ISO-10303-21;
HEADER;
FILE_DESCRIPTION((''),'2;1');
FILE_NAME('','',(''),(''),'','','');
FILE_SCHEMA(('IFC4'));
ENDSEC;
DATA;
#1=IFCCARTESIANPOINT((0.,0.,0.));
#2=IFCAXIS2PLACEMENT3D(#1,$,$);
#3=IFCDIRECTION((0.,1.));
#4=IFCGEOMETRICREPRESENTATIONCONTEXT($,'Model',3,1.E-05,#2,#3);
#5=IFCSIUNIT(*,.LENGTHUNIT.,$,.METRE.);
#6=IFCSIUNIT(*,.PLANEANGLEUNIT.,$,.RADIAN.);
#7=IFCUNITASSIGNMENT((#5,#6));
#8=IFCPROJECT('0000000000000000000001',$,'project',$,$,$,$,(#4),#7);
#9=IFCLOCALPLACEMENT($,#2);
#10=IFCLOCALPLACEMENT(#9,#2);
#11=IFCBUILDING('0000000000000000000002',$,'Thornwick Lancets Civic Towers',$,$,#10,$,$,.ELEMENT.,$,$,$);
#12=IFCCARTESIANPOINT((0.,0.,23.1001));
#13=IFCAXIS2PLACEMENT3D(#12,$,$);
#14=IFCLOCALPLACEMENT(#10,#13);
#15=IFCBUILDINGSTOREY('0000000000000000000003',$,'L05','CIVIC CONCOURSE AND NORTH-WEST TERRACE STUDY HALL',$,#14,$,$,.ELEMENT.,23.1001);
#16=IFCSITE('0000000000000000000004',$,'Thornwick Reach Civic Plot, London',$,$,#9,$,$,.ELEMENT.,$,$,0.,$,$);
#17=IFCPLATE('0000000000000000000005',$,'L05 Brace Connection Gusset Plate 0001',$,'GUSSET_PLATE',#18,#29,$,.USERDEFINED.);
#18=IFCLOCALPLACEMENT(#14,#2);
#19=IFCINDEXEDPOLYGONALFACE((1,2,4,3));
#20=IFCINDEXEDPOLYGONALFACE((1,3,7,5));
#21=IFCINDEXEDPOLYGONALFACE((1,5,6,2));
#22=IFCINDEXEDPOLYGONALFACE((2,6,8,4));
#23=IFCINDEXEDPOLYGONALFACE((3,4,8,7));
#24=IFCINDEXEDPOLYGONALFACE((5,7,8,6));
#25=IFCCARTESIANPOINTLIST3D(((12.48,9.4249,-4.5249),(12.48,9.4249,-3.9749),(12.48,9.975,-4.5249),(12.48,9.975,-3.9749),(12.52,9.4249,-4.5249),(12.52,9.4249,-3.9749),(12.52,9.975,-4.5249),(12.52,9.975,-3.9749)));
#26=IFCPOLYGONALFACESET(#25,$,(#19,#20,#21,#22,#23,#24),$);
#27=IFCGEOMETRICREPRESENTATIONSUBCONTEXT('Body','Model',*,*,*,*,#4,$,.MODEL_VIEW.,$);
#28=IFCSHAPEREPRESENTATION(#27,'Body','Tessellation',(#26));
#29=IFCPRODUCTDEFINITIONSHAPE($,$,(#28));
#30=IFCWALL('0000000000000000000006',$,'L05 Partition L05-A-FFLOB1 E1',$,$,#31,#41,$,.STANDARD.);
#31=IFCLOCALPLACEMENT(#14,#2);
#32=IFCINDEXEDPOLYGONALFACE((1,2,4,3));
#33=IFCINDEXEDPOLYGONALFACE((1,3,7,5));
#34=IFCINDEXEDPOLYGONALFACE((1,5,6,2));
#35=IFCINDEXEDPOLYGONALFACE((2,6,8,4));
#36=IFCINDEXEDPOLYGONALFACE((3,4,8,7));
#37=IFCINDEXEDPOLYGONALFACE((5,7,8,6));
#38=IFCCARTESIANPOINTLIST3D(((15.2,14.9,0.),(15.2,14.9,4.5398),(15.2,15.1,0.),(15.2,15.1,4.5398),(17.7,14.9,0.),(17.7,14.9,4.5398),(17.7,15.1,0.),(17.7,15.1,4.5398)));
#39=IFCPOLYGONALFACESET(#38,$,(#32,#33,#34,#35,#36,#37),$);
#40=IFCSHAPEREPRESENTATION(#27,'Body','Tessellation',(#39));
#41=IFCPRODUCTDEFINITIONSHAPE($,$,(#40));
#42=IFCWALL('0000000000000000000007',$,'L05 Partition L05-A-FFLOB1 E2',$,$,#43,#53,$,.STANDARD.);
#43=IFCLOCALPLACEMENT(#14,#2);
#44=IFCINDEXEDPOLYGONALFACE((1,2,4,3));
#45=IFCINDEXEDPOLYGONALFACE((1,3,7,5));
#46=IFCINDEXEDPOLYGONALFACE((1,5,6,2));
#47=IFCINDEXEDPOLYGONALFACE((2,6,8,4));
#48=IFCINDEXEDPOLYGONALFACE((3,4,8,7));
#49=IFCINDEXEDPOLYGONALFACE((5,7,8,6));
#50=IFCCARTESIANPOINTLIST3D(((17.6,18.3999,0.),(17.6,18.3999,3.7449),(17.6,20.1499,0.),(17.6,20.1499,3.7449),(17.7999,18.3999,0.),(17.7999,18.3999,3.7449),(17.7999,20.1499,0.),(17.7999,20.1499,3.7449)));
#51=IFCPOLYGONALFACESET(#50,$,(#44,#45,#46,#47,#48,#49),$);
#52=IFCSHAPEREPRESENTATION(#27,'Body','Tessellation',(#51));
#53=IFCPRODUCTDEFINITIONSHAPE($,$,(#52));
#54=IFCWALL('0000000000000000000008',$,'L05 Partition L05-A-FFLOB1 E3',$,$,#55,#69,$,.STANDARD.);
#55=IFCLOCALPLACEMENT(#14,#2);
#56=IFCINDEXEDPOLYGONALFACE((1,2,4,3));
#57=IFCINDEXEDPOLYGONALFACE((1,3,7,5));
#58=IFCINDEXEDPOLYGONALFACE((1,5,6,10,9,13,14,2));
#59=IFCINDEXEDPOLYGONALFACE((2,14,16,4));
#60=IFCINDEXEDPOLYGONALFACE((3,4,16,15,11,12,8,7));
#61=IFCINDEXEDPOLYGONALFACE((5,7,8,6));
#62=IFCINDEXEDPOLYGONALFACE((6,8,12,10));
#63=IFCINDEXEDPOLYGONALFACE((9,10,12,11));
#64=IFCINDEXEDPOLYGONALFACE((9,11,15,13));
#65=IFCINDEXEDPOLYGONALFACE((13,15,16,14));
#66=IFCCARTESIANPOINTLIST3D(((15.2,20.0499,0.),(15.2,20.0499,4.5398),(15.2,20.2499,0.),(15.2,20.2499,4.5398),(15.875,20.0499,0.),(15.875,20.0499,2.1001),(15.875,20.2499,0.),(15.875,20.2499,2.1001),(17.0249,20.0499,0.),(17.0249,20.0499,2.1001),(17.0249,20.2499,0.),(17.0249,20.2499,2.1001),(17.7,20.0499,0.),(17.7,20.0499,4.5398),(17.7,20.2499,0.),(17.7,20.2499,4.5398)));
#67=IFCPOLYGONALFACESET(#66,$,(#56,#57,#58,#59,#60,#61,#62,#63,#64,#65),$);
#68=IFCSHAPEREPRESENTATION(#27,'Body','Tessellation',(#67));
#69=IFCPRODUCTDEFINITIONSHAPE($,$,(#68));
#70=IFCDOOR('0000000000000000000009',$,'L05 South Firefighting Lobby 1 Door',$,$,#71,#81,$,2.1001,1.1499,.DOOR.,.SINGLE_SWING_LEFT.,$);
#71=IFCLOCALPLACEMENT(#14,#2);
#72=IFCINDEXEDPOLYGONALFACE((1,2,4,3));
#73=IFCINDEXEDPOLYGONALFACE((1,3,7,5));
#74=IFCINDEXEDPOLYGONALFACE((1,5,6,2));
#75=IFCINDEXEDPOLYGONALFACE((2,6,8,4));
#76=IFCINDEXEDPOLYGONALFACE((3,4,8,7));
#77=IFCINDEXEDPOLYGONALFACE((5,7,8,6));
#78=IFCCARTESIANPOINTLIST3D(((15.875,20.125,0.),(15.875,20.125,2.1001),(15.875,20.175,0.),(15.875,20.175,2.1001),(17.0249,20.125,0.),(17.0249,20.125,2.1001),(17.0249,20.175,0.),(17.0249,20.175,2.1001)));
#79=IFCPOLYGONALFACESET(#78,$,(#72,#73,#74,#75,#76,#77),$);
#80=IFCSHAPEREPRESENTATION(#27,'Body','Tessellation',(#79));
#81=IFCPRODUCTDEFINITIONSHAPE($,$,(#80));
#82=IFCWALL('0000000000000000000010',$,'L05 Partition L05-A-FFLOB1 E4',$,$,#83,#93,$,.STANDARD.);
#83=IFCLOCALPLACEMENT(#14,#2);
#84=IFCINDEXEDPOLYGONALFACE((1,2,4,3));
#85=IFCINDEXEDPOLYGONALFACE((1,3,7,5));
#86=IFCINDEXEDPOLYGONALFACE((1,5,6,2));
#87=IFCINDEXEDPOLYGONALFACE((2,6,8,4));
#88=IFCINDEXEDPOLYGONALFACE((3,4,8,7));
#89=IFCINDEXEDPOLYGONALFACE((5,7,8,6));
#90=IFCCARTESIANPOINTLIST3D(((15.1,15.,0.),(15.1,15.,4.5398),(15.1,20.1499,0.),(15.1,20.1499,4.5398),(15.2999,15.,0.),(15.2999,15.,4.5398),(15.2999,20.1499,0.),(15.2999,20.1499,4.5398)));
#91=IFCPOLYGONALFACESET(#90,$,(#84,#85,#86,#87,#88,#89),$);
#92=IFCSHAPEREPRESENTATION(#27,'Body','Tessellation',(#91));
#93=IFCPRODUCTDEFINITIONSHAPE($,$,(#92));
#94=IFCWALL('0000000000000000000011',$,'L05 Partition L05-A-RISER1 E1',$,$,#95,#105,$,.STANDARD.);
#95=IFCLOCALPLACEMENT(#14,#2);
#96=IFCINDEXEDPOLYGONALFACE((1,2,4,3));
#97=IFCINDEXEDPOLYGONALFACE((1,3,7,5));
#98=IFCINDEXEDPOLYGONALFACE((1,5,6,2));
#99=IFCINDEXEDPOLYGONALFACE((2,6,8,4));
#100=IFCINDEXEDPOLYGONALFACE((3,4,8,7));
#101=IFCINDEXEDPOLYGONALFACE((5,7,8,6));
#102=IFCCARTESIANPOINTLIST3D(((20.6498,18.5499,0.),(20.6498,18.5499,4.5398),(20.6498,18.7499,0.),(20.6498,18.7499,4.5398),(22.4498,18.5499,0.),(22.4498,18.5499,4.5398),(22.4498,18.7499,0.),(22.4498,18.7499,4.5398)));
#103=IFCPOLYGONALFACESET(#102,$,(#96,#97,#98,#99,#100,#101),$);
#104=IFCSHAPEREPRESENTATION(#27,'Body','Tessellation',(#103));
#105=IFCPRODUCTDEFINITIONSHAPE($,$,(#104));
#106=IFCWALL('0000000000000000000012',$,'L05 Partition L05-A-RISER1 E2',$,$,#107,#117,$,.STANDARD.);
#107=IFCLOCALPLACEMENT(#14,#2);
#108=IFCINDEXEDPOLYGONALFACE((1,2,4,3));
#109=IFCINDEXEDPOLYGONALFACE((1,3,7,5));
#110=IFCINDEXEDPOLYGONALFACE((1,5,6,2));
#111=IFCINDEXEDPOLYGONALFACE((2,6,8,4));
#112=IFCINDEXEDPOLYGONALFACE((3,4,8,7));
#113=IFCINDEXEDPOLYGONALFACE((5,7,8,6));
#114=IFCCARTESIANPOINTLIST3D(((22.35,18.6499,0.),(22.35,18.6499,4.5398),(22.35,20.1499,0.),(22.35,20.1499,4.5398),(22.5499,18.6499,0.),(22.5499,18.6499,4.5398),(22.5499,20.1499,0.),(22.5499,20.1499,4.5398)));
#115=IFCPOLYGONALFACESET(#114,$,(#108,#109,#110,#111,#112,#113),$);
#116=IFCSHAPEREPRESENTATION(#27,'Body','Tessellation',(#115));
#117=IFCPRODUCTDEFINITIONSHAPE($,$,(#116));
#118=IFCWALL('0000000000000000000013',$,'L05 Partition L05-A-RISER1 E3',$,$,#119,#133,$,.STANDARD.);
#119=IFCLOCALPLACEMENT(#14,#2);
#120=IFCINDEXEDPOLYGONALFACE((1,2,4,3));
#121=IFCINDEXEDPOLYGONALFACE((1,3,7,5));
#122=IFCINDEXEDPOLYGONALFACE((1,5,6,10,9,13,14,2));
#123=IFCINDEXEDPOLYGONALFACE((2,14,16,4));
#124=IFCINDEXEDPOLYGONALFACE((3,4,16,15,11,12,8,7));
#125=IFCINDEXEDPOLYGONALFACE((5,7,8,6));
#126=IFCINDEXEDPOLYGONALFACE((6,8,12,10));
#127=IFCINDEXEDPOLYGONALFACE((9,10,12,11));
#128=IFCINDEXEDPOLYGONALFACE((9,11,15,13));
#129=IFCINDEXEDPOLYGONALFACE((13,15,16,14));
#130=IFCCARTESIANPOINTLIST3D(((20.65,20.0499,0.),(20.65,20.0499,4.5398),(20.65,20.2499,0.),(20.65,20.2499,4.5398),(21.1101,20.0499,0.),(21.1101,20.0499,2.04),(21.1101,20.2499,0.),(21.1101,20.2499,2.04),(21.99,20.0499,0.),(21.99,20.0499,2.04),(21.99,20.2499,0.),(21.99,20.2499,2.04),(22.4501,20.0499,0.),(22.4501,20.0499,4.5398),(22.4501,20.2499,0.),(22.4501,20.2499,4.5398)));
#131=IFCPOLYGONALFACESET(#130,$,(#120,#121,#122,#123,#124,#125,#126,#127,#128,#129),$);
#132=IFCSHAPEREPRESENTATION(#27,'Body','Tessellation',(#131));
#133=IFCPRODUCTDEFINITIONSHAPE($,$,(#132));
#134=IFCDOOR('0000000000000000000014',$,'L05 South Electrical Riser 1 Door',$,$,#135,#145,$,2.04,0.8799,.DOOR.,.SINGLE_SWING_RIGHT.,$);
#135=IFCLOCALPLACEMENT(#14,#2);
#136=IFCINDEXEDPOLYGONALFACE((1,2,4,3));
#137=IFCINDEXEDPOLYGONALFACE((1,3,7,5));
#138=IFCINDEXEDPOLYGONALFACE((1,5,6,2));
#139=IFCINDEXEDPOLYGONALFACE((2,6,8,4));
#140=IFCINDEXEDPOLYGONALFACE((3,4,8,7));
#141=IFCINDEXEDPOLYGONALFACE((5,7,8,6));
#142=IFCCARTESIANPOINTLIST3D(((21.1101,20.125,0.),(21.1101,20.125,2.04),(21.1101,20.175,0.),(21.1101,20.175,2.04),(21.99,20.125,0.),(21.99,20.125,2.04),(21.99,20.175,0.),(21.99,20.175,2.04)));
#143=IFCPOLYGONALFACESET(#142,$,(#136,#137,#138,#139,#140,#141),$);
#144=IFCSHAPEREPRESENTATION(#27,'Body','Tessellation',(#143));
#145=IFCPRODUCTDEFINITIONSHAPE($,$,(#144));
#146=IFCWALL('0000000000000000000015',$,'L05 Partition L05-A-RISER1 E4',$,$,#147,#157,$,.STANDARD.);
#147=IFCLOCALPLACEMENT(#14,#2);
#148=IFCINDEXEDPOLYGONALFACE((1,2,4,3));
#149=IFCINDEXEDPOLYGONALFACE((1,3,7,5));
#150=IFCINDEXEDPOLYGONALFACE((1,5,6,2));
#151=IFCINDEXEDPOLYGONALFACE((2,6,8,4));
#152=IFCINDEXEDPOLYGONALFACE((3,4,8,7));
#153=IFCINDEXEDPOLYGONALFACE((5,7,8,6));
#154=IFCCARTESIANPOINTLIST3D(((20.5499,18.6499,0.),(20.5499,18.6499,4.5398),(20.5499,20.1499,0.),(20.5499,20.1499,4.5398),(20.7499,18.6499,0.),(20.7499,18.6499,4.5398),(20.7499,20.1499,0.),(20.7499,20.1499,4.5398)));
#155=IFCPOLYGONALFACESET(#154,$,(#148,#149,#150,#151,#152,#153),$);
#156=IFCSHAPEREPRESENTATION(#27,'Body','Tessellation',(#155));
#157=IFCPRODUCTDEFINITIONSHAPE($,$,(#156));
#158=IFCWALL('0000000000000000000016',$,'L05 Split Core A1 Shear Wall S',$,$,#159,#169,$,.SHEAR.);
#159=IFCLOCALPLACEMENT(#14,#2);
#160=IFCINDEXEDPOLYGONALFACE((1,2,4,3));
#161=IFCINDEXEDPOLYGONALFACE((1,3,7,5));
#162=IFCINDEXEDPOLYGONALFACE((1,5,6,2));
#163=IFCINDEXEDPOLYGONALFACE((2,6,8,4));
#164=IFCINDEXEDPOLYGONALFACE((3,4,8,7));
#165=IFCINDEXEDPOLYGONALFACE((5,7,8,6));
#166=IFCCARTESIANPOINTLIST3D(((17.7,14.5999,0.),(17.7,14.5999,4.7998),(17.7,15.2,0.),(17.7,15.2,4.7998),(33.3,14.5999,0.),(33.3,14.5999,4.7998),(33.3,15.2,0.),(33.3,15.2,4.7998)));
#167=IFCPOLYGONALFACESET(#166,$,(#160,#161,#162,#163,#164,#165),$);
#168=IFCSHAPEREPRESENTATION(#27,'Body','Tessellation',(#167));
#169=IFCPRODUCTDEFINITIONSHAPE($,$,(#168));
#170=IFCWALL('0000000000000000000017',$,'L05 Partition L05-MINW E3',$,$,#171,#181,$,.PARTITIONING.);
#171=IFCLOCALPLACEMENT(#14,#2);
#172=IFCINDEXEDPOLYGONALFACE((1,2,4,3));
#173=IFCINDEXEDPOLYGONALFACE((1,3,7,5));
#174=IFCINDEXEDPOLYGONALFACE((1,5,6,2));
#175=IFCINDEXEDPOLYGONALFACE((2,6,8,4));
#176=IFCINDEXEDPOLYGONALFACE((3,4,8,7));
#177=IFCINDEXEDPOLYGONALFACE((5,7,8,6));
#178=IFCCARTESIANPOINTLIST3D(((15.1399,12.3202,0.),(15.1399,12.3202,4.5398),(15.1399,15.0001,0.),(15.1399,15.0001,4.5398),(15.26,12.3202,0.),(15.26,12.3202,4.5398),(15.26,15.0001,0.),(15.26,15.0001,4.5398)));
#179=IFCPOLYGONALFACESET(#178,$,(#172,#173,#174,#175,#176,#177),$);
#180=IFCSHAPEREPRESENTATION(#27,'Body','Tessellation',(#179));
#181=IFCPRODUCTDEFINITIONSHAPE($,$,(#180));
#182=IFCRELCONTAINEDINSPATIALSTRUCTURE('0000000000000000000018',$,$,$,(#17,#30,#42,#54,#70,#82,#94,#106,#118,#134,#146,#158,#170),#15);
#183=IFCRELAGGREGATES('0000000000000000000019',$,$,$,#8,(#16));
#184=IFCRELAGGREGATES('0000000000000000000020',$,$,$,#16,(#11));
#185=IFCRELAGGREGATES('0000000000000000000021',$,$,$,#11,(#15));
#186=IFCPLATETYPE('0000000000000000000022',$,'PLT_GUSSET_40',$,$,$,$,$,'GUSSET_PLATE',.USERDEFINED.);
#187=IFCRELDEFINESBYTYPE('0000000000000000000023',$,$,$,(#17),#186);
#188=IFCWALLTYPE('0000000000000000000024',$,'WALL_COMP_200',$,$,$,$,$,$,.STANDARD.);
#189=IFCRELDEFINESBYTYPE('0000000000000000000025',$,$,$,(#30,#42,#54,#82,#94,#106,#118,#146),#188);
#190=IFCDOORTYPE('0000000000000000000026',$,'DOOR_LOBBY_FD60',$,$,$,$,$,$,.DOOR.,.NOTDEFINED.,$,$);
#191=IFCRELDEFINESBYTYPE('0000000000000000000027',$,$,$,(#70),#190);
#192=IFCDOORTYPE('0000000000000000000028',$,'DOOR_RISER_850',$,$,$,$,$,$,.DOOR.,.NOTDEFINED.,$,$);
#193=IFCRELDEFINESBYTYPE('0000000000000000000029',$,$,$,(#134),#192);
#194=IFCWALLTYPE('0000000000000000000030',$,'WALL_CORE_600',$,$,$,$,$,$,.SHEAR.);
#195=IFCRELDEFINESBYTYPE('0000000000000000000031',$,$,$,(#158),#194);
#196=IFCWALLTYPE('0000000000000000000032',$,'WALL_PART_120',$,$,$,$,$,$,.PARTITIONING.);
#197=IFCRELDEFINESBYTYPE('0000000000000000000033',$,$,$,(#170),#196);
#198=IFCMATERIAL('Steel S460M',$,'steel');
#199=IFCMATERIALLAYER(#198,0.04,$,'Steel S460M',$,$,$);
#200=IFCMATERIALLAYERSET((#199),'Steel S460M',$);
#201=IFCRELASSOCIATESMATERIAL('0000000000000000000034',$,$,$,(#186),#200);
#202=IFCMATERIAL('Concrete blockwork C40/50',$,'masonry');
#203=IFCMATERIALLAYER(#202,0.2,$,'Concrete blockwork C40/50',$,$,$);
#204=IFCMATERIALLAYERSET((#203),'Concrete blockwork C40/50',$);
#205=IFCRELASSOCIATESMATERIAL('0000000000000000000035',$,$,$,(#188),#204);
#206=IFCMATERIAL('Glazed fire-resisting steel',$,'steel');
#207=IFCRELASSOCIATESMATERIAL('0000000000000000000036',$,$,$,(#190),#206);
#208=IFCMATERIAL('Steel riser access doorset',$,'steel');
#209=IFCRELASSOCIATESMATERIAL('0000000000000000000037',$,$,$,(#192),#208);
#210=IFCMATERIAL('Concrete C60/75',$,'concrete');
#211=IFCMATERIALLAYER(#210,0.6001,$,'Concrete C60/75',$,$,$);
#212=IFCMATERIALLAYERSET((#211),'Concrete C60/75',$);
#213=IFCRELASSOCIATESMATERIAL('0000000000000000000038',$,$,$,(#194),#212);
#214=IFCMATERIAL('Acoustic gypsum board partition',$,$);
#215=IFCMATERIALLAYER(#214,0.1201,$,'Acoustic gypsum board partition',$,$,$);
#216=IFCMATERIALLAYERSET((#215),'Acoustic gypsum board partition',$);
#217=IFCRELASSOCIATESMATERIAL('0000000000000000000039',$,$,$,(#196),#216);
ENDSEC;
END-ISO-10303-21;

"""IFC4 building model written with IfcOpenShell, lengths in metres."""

from ifc_helpers import new_model, si_unit, direction, frame, frame_2d, origin, origin_2d, place, context, subcontext, project, spatial, rectangle, extrude, material, layer, layer_set, type_object, element, fill, save


model = new_model("IFC4")

# Units and contexts
model_context = context("Model", 3, precision=1e-05, world=origin(), true_north=direction((0.0, 1.0)))
body_context = subcontext(model_context, "Body", "Model", "MODEL_VIEW")
ifc_project = project(units=[si_unit("LENGTHUNIT", "METRE"), si_unit("PLANEANGLEUNIT", "RADIAN")], contexts=[model_context])

# Site, building, storey
site_placement = place(None, origin())
site = spatial("IfcSite", under=ifc_project, at=site_placement, Name="Thornwick Reach Civic Plot, London", CompositionType="ELEMENT", RefElevation=0.0)
building_placement = place(site_placement, origin())
building = spatial("IfcBuilding", under=site, at=building_placement, Name="Thornwick Lancets Civic Towers", CompositionType="ELEMENT")
storey_placement = place(building_placement, frame((0.0, 0.0, 23.1001)))
storey = spatial("IfcBuildingStorey", under=building, at=storey_placement, Name="L05", Description="CIVIC CONCOURSE AND NORTH-WEST TERRACE STUDY HALL", CompositionType="ELEMENT", Elevation=23.1001)

# Shared definitions
ifc_material_1 = material(Name="Concrete C60/75", Category="concrete")

# Shared definitions
ifc_material_2 = material(Name="Steel S460M", Category="steel")

# Plate
ifc_layer_1 = layer(ifc_material_2, 0.04, Name="Steel S460M")
ifc_layer_set_1 = layer_set([ifc_layer_1], Name="Steel S460M")
plate_type = type_object("IfcPlateType", Name="PLT_GUSSET_40", ElementType="GUSSET_PLATE", PredefinedType="USERDEFINED", material=ifc_layer_set_1)
plate_placement = place(storey_placement, frame((12.5, 9.7, -4.5249), z_axis=(0.0, 0.0, 1.0), x_axis=(0.0, -1.0, 0.0)))
element("IfcPlate", 1, at=plate_placement, inside=storey, type_object=plate_type, Name="L05 Brace Connection Gusset Plate 0001", ObjectType="GUSSET_PLATE", PredefinedType="USERDEFINED", context=body_context, shape_type="SweptSolid", body=[
    extrude(rectangle(XDim=0.55, YDim=0.04, at=origin_2d()), origin(), (0.0, 0.0, 1.0), 0.55),
])

# Walls
ifc_material_3 = material(Name="Concrete blockwork C40/50", Category="masonry")
ifc_layer_2 = layer(ifc_material_3, 0.2, Name="Concrete blockwork C40/50")
ifc_layer_set_2 = layer_set([ifc_layer_2], Name="Concrete blockwork C40/50")
wall_type_1 = type_object("IfcWallType", Name="WALL_COMP_200", PredefinedType="STANDARD", material=ifc_layer_set_2)
wall_1_placement = place(storey_placement, frame((15.2, 15.0, 0.0), z_axis=(0.0, 0.0, 1.0), x_axis=(1.0, 0.0, 0.0)))
element("IfcWall", 2, at=wall_1_placement, inside=storey, type_object=wall_type_1, Name="L05 Partition L05-A-FFLOB1 E1", PredefinedType="STANDARD", context=body_context, shape_type="SweptSolid", body=[
    extrude(rectangle(XDim=2.5, YDim=0.2, at=frame_2d((1.25, 0.0))), origin(), (0.0, 0.0, 1.0), 4.5398),
])
wall_2_placement = place(storey_placement, frame((17.7, 18.3999, 0.0), z_axis=(0.0, 0.0, 1.0), x_axis=(0.0, 1.0, 0.0)))
element("IfcWall", 3, at=wall_2_placement, inside=storey, type_object=wall_type_1, Name="L05 Partition L05-A-FFLOB1 E2", PredefinedType="STANDARD", context=body_context, shape_type="SweptSolid", body=[
    extrude(rectangle(XDim=1.75, YDim=0.2, at=frame_2d((0.875, 0.0))), origin(), (0.0, 0.0, 1.0), 3.7449),
])

# Wall, opening, door
wall_3_placement = place(storey_placement, frame((17.7, 20.1499, 0.0), z_axis=(0.0, 0.0, 1.0), x_axis=(-1.0, 0.0, 0.0)))
wall_3 = element("IfcWall", 4, at=wall_3_placement, inside=storey, type_object=wall_type_1, Name="L05 Partition L05-A-FFLOB1 E3", PredefinedType="STANDARD", context=body_context, shape_type="SweptSolid", body=[
    extrude(rectangle(XDim=2.5, YDim=0.2, at=frame_2d((1.25, 0.0))), origin(), (0.0, 0.0, 1.0), 4.5398),
])
opening_1_placement = place(wall_3_placement, frame((0.675, 0.0, 0.0)))
opening_1 = element("IfcOpeningElement", 5, at=opening_1_placement, cuts=wall_3, PredefinedType="OPENING", context=body_context, shape_type="SweptSolid", body=[
    extrude(rectangle(XDim=1.1499, YDim=2.1001, at=frame_2d((0.575, 1.05))), frame((0.0, 0.1099, 0.0), z_axis=(0.0, -1.0, 0.0), x_axis=(1.0, 0.0, 0.0)), (0.0, 0.0, 1.0), 0.22),
])
ifc_material_4 = material(Name="Glazed fire-resisting steel", Category="steel")
door_type_1 = type_object("IfcDoorType", Name="DOOR_LOBBY_FD60", OperationType="NOTDEFINED", PredefinedType="DOOR", material=ifc_material_4)
door_1_placement = place(opening_1_placement, origin())
door_1 = element("IfcDoor", 6, at=door_1_placement, inside=storey, type_object=door_type_1, Name="L05 South Firefighting Lobby 1 Door", OperationType="SINGLE_SWING_LEFT", OverallHeight=2.1001, OverallWidth=1.1499, PredefinedType="DOOR", context=body_context, shape_type="SweptSolid", body=[
    extrude(rectangle(XDim=1.1499, YDim=2.1001, at=frame_2d((0.575, 1.05))), frame((0.0, 0.0249, 0.0), z_axis=(0.0, -1.0, 0.0), x_axis=(1.0, 0.0, 0.0)), (0.0, 0.0, 1.0), 0.05),
])
fill(opening_1, door_1)

# Walls
wall_4_placement = place(storey_placement, frame((15.2, 20.1499, 0.0), z_axis=(0.0, 0.0, 1.0), x_axis=(0.0, -1.0, 0.0)))
element("IfcWall", 7, at=wall_4_placement, inside=storey, type_object=wall_type_1, Name="L05 Partition L05-A-FFLOB1 E4", PredefinedType="STANDARD", context=body_context, shape_type="SweptSolid", body=[
    extrude(rectangle(XDim=5.1499, YDim=0.2, at=frame_2d((2.575, 0.0))), origin(), (0.0, 0.0, 1.0), 4.5398),
])
wall_5_placement = place(storey_placement, frame((20.6499, 18.6499, 0.0), z_axis=(0.0, 0.0, 1.0), x_axis=(1.0, 0.0, 0.0)))
element("IfcWall", 8, at=wall_5_placement, inside=storey, type_object=wall_type_1, Name="L05 Partition L05-A-RISER1 E1", PredefinedType="STANDARD", context=body_context, shape_type="SweptSolid", body=[
    extrude(rectangle(XDim=1.8, YDim=0.2, at=frame_2d((0.8999, 0.0))), origin(), (0.0, 0.0, 1.0), 4.5398),
])
wall_6_placement = place(storey_placement, frame((22.45, 18.6499, 0.0), z_axis=(0.0, 0.0, 1.0), x_axis=(0.0, 1.0, 0.0)))
element("IfcWall", 9, at=wall_6_placement, inside=storey, type_object=wall_type_1, Name="L05 Partition L05-A-RISER1 E2", PredefinedType="STANDARD", context=body_context, shape_type="SweptSolid", body=[
    extrude(rectangle(XDim=1.5, YDim=0.2, at=frame_2d((0.75, 0.0))), origin(), (0.0, 0.0, 1.0), 4.5398),
])

# Wall, opening, door
wall_7_placement = place(storey_placement, frame((22.45, 20.1499, 0.0), z_axis=(0.0, 0.0, 1.0), x_axis=(-1.0, 0.0, 0.0)))
wall_7 = element("IfcWall", 10, at=wall_7_placement, inside=storey, type_object=wall_type_1, Name="L05 Partition L05-A-RISER1 E3", PredefinedType="STANDARD", context=body_context, shape_type="SweptSolid", body=[
    extrude(rectangle(XDim=1.8, YDim=0.2, at=frame_2d((0.8999, 0.0))), origin(), (0.0, 0.0, 1.0), 4.5398),
])
opening_2_placement = place(wall_7_placement, frame((0.46, 0.0, 0.0)))
opening_2 = element("IfcOpeningElement", 11, at=opening_2_placement, cuts=wall_7, PredefinedType="OPENING", context=body_context, shape_type="SweptSolid", body=[
    extrude(rectangle(XDim=0.8799, YDim=2.04, at=frame_2d((0.4399, 1.02))), frame((0.0, 0.1099, 0.0), z_axis=(0.0, -1.0, 0.0), x_axis=(1.0, 0.0, 0.0)), (0.0, 0.0, 1.0), 0.22),
])
ifc_material_5 = material(Name="Steel riser access doorset", Category="steel")
door_type_2 = type_object("IfcDoorType", Name="DOOR_RISER_850", OperationType="NOTDEFINED", PredefinedType="DOOR", material=ifc_material_5)
door_2_placement = place(opening_2_placement, origin())
door_2 = element("IfcDoor", 12, at=door_2_placement, inside=storey, type_object=door_type_2, Name="L05 South Electrical Riser 1 Door", OperationType="SINGLE_SWING_RIGHT", OverallHeight=2.04, OverallWidth=0.8799, PredefinedType="DOOR", context=body_context, shape_type="SweptSolid", body=[
    extrude(rectangle(XDim=0.8799, YDim=2.04, at=frame_2d((0.4399, 1.02))), frame((0.0, 0.0249, 0.0), z_axis=(0.0, -1.0, 0.0), x_axis=(1.0, 0.0, 0.0)), (0.0, 0.0, 1.0), 0.05),
])
fill(opening_2, door_2)

# Walls
wall_8_placement = place(storey_placement, frame((20.6499, 20.1499, 0.0), z_axis=(0.0, 0.0, 1.0), x_axis=(0.0, -1.0, 0.0)))
element("IfcWall", 13, at=wall_8_placement, inside=storey, type_object=wall_type_1, Name="L05 Partition L05-A-RISER1 E4", PredefinedType="STANDARD", context=body_context, shape_type="SweptSolid", body=[
    extrude(rectangle(XDim=1.5, YDim=0.2, at=frame_2d((0.75, 0.0))), origin(), (0.0, 0.0, 1.0), 4.5398),
])
ifc_layer_3 = layer(ifc_material_1, 0.6001, Name="Concrete C60/75")
ifc_layer_set_3 = layer_set([ifc_layer_3], Name="Concrete C60/75")
wall_type_2 = type_object("IfcWallType", Name="WALL_CORE_600", PredefinedType="SHEAR", material=ifc_layer_set_3)
wall_9_placement = place(storey_placement, frame((17.7, 14.8999, 0.0), z_axis=(0.0, 0.0, 1.0), x_axis=(1.0, 0.0, 0.0)))
element("IfcWall", 14, at=wall_9_placement, inside=storey, type_object=wall_type_2, Name="L05 Split Core A1 Shear Wall S", PredefinedType="SHEAR", context=body_context, shape_type="SweptSolid", body=[
    extrude(rectangle(XDim=15.6001, YDim=0.6001, at=frame_2d((7.8, 0.0))), origin(), (0.0, 0.0, 1.0), 4.7998),
])
ifc_material_6 = material(Name="Acoustic gypsum board partition")
ifc_layer_4 = layer(ifc_material_6, 0.1201, Name="Acoustic gypsum board partition")
ifc_layer_set_4 = layer_set([ifc_layer_4], Name="Acoustic gypsum board partition")
wall_type_3 = type_object("IfcWallType", Name="WALL_PART_120", PredefinedType="PARTITIONING", material=ifc_layer_set_4)
wall_10_placement = place(storey_placement, frame((15.2, 15.0, 0.0), z_axis=(0.0, 0.0, 1.0), x_axis=(0.0, -1.0, 0.0)))
element("IfcWall", 15, at=wall_10_placement, inside=storey, type_object=wall_type_3, Name="L05 Partition L05-MINW E3", PredefinedType="PARTITIONING", context=body_context, shape_type="SweptSolid", body=[
    extrude(rectangle(XDim=2.6799, YDim=0.1201, at=frame_2d((1.3398, 0.0))), origin(), (0.0, 0.0, 1.0), 4.5398),
])

save(model, "model.ifc")
